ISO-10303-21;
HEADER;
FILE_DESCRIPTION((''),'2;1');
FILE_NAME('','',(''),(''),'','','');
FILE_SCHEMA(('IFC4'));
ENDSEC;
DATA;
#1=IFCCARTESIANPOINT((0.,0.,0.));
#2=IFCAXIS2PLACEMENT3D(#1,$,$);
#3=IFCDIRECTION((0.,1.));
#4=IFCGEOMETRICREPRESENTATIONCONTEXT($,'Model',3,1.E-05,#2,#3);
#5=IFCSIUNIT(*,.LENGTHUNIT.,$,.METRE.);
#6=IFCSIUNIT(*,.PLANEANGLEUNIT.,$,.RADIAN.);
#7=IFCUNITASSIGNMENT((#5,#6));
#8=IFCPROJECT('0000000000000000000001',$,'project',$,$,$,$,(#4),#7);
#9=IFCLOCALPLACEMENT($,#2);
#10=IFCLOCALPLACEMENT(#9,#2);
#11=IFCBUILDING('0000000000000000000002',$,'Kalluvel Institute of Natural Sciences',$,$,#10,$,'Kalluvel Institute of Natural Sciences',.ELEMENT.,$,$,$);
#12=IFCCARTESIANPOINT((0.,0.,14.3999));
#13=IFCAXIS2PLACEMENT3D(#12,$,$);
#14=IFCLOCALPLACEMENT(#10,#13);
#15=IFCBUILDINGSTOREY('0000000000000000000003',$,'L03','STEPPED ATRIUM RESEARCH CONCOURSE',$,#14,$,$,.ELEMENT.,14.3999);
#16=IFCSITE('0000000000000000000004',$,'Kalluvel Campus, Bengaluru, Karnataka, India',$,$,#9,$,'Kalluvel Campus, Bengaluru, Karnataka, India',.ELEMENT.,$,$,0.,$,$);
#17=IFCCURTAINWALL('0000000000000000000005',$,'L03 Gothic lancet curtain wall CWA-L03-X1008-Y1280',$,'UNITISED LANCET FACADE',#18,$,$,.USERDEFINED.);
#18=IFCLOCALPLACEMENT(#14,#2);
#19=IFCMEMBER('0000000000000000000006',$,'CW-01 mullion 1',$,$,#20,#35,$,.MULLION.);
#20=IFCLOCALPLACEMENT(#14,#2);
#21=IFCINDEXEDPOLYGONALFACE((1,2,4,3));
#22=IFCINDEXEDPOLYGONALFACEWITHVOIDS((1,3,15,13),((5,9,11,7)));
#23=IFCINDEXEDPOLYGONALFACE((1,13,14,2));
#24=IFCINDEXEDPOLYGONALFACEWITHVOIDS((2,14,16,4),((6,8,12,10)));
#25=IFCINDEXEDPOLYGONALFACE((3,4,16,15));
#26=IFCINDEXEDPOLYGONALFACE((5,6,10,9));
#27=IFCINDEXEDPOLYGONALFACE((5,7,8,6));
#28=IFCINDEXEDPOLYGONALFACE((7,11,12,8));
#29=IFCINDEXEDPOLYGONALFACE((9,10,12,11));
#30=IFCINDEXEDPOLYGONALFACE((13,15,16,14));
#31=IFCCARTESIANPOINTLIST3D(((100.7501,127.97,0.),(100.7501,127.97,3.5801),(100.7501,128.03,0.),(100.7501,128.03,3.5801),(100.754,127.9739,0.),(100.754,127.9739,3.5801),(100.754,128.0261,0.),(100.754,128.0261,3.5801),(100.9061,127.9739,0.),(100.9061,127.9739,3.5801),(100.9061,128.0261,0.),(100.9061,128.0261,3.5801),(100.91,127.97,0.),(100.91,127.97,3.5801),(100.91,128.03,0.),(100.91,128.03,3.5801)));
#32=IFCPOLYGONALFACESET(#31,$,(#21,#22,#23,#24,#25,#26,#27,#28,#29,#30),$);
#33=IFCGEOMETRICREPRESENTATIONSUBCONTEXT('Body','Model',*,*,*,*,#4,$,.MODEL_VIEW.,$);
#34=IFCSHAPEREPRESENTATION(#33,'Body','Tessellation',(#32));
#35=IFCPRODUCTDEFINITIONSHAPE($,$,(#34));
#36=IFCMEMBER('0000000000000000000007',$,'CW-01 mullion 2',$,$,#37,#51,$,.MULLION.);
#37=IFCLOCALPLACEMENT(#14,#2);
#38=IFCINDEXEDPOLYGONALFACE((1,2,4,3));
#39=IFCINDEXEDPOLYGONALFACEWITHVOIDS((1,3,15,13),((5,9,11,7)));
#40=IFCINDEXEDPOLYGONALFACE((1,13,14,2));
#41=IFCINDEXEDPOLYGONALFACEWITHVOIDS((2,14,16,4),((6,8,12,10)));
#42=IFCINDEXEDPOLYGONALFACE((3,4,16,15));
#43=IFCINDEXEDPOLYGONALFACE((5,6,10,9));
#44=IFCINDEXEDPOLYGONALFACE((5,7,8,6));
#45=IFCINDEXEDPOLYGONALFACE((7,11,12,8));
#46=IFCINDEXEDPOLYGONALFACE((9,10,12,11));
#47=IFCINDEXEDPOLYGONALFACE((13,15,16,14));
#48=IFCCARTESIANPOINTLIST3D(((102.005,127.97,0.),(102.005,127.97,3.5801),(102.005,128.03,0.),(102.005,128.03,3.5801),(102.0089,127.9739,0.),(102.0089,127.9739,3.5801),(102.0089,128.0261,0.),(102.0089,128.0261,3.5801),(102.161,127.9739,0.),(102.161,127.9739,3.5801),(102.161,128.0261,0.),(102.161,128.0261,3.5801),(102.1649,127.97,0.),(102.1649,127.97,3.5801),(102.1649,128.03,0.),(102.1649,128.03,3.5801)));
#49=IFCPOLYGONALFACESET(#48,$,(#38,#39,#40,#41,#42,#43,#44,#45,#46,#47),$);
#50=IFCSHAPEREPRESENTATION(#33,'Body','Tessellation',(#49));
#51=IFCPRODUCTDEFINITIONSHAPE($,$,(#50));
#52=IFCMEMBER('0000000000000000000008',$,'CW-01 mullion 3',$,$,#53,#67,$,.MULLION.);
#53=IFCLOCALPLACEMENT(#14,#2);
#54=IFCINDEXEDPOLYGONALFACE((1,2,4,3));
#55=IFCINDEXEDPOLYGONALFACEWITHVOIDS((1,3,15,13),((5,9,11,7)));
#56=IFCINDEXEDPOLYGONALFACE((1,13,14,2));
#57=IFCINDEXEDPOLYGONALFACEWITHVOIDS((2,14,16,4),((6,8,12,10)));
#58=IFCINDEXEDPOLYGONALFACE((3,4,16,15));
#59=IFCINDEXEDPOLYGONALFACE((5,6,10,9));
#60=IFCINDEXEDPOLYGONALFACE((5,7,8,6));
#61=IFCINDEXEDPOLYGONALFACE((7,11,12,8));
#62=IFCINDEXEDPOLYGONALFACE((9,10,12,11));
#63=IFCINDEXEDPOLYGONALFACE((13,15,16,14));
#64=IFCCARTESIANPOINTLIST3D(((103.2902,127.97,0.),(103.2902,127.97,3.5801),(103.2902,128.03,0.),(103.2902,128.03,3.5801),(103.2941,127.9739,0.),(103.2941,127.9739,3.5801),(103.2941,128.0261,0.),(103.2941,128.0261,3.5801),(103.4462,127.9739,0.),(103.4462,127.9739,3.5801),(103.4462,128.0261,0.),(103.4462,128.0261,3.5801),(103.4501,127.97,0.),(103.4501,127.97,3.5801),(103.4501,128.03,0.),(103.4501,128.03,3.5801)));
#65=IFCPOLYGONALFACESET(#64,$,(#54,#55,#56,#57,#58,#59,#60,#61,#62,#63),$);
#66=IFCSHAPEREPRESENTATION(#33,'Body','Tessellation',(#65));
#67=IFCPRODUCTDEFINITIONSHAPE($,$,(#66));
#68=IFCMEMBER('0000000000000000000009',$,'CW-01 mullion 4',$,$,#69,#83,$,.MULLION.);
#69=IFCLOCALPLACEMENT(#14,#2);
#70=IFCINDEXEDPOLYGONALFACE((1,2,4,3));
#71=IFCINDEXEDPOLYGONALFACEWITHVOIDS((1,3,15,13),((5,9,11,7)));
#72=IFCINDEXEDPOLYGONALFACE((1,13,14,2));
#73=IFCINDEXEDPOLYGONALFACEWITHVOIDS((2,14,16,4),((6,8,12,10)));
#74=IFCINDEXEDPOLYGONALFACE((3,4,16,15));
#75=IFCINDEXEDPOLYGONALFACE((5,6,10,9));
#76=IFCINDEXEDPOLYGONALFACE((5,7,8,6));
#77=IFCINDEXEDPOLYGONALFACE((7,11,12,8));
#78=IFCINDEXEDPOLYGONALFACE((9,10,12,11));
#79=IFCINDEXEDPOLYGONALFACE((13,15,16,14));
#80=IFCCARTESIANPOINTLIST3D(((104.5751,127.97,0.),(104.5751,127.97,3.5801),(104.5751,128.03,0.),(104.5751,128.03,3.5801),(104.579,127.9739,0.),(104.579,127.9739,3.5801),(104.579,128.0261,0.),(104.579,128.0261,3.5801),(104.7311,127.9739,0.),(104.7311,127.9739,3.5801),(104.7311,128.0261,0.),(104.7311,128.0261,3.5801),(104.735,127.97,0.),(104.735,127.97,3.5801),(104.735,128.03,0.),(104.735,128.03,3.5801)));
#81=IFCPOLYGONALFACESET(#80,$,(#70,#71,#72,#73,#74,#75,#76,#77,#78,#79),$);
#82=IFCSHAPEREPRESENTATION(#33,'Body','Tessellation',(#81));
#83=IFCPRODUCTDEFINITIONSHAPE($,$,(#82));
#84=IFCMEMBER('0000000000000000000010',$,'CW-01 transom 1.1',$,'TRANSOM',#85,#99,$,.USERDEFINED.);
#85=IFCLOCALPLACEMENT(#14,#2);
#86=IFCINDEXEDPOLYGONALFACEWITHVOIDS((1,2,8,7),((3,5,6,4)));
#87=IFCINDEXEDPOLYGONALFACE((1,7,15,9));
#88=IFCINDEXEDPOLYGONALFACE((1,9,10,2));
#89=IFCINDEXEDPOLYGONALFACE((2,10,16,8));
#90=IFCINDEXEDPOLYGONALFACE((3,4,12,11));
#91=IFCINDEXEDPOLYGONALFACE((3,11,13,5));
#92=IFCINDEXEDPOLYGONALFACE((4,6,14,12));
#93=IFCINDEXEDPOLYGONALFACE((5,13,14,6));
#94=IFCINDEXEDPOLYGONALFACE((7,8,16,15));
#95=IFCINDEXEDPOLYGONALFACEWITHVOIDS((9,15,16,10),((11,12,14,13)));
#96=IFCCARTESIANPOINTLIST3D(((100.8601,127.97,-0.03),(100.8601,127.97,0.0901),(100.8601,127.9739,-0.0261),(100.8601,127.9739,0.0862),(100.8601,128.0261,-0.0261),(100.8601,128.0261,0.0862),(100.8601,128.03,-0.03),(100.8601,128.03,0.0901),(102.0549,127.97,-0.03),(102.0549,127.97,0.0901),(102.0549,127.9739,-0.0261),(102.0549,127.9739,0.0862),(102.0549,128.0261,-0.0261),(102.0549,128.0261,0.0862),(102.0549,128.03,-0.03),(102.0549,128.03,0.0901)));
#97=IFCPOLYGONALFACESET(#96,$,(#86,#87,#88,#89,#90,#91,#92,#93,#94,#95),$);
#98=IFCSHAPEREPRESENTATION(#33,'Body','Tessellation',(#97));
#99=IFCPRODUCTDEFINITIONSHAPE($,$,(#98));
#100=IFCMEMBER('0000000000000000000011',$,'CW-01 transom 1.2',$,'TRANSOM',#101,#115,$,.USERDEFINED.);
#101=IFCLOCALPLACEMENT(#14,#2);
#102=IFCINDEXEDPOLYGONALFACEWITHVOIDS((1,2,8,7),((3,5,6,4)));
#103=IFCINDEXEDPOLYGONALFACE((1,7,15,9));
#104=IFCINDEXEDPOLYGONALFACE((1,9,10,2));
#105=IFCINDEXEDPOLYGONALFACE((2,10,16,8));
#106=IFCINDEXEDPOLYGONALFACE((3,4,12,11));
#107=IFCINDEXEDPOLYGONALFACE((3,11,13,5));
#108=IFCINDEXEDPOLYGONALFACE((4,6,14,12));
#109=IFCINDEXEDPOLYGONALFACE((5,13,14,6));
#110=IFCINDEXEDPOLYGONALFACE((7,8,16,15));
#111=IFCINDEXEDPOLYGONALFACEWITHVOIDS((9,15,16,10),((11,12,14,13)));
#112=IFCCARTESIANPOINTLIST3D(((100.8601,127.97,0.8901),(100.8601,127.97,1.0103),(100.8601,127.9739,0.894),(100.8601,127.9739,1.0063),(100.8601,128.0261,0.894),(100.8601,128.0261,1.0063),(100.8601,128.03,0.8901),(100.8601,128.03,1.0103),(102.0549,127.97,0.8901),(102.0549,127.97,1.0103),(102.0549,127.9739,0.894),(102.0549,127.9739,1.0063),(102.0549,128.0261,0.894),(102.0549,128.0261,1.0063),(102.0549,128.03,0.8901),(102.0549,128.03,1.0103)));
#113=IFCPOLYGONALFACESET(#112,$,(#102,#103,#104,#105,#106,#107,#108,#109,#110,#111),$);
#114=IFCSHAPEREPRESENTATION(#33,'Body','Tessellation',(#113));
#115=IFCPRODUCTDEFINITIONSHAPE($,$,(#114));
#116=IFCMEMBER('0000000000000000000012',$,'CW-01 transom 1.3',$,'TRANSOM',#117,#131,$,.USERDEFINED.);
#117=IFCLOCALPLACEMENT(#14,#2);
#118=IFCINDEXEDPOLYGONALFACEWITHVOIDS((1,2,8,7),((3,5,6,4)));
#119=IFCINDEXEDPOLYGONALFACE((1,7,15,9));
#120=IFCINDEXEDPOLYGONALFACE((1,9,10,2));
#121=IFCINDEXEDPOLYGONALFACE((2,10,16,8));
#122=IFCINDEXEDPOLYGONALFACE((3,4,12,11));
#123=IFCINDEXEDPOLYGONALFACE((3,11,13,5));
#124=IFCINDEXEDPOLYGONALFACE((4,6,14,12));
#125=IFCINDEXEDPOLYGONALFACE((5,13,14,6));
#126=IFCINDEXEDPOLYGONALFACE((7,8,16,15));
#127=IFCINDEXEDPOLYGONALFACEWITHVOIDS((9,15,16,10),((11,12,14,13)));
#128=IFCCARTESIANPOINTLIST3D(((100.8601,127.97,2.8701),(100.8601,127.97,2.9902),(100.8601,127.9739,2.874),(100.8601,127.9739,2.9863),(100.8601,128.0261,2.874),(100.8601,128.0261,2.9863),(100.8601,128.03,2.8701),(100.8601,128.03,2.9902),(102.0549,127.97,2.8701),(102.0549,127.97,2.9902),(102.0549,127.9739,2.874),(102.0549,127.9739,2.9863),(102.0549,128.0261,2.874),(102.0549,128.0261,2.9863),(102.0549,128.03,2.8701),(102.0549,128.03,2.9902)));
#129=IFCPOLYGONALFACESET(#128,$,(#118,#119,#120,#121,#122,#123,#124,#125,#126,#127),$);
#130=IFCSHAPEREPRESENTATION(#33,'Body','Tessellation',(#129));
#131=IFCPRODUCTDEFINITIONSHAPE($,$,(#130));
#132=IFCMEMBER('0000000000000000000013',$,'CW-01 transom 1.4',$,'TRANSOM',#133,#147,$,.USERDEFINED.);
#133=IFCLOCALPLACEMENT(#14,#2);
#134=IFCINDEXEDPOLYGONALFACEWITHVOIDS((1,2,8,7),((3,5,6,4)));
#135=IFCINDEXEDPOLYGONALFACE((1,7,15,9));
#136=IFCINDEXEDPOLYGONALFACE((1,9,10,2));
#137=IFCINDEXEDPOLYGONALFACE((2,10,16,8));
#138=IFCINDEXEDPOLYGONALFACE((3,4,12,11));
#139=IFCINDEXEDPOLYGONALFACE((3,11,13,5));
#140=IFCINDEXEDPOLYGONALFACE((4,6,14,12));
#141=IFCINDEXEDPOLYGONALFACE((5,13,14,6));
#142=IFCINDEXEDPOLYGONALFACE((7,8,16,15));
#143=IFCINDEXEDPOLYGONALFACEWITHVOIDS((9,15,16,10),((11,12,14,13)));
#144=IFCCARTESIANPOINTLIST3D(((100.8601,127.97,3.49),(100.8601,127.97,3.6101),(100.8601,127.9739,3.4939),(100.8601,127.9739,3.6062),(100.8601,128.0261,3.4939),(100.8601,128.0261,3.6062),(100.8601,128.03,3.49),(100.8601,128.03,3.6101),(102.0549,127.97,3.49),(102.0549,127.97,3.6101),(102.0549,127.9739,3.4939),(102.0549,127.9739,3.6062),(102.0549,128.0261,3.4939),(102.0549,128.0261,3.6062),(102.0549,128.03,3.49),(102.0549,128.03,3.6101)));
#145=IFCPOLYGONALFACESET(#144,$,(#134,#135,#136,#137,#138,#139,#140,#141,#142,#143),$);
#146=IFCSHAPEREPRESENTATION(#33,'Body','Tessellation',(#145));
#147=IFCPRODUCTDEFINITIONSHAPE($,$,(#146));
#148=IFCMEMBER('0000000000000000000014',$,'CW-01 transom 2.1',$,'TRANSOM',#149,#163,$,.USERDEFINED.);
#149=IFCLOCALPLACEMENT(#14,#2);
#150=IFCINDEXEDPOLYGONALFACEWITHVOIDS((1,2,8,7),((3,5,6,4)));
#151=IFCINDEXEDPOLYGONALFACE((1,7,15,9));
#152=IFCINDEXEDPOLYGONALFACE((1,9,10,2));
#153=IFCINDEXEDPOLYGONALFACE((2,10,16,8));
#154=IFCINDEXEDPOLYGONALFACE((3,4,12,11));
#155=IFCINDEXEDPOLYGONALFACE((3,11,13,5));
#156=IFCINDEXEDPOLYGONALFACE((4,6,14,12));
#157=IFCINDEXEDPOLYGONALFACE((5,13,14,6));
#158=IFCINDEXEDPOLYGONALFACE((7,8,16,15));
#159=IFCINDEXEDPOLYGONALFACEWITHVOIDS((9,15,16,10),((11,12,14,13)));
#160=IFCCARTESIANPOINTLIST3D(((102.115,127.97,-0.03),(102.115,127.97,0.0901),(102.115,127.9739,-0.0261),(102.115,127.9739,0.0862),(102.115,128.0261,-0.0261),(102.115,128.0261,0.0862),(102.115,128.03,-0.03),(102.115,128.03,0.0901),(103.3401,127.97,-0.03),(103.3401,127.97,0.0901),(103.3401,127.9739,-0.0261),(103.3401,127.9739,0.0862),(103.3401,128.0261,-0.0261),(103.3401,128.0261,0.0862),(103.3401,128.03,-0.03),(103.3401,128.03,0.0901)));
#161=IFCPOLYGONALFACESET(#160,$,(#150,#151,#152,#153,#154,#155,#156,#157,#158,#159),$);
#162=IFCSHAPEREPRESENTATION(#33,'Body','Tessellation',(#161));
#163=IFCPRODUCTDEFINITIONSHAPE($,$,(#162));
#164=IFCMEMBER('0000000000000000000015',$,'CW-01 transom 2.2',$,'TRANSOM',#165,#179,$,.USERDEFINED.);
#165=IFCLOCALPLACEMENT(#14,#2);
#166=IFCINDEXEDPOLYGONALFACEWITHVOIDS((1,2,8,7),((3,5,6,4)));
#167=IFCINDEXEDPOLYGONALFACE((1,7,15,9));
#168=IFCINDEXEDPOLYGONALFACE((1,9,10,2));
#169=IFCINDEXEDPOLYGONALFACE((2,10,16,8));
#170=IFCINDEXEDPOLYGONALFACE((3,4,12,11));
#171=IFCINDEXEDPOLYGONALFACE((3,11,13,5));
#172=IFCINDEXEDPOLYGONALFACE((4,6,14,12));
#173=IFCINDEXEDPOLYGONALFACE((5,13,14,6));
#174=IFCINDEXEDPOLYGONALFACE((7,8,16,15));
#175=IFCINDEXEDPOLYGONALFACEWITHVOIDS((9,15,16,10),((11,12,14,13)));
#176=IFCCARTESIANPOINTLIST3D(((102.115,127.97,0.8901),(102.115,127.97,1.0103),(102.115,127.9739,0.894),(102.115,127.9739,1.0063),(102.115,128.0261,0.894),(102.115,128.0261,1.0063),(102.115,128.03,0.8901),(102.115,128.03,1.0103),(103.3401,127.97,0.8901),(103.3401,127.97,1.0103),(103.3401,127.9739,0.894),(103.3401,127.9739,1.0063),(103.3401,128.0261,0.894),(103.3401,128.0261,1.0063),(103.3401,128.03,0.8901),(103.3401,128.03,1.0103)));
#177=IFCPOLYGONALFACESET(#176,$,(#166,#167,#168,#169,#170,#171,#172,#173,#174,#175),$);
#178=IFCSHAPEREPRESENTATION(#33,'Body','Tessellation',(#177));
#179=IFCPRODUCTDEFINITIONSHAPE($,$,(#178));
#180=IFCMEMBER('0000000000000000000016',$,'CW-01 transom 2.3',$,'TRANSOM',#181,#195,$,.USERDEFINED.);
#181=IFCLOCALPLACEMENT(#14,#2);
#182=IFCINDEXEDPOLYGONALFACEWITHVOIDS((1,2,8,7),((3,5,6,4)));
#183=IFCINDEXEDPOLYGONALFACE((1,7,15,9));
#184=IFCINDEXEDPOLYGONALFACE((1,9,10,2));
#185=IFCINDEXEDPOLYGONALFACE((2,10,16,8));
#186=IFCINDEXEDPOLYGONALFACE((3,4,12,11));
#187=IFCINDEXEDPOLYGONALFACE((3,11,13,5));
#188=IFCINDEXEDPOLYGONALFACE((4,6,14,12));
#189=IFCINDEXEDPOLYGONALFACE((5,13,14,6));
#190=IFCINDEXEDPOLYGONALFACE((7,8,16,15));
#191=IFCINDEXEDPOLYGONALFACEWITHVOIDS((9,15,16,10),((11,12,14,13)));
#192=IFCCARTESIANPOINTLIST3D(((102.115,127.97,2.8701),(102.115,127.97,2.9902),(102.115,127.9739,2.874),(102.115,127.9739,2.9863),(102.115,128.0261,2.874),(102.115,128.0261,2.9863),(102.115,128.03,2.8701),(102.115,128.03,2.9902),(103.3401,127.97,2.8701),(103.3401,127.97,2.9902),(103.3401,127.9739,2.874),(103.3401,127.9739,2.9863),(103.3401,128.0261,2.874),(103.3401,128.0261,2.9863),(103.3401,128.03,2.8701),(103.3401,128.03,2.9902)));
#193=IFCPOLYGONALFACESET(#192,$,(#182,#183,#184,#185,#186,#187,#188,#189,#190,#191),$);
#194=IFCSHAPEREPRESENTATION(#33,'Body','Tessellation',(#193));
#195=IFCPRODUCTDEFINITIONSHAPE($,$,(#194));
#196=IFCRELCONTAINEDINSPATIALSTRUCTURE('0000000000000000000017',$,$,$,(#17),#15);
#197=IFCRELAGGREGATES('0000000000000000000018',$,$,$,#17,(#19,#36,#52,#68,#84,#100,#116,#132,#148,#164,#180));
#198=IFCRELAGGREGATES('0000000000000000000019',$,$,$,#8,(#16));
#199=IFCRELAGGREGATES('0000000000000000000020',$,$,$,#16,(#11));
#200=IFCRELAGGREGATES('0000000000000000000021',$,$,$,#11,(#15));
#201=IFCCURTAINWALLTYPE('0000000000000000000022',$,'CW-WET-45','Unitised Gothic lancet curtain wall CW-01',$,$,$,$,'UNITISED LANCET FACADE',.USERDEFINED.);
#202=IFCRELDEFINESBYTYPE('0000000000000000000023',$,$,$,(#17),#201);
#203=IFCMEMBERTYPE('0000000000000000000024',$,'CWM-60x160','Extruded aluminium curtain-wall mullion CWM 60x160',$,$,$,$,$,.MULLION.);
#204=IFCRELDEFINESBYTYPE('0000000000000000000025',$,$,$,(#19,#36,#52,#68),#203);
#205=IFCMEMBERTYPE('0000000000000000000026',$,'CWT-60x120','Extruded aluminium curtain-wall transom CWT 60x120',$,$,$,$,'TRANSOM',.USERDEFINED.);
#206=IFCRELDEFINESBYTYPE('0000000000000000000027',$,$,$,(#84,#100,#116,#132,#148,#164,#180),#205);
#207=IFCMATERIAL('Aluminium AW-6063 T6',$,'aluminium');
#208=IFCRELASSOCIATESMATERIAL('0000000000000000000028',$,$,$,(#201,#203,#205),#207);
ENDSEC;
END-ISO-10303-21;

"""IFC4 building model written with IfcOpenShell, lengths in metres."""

from ifc_helpers import new_model, si_unit, direction, frame, origin, origin_2d, place, context, subcontext, project, spatial, hollow_rectangle, extrude, material, material_profile, profile_set, type_object, element, aggregate, save


model = new_model("IFC4")

# Units and contexts
model_context = context("Model", 3, precision=1e-05, world=origin(), true_north=direction((0.0, 1.0)))
body_context = subcontext(model_context, "Body", "Model", "MODEL_VIEW")
ifc_project = project(units=[si_unit("LENGTHUNIT", "METRE"), si_unit("PLANEANGLEUNIT", "RADIAN")], contexts=[model_context])

# Site, building, storey
site_placement = place(None, origin())
site = spatial("IfcSite", under=ifc_project, at=site_placement, Name="Kalluvel Campus, Bengaluru, Karnataka, India", LongName="Kalluvel Campus, Bengaluru, Karnataka, India", CompositionType="ELEMENT", RefElevation=0.0)
building_placement = place(site_placement, origin())
building = spatial("IfcBuilding", under=site, at=building_placement, Name="Kalluvel Institute of Natural Sciences", LongName="Kalluvel Institute of Natural Sciences", CompositionType="ELEMENT")
storey_placement = place(building_placement, frame((0.0, 0.0, 14.3999)))
storey = spatial("IfcBuildingStorey", under=building, at=storey_placement, Name="L03", Description="STEPPED ATRIUM RESEARCH CONCOURSE", CompositionType="ELEMENT", Elevation=14.3999)

# Curtain wall, members
ifc_material_1 = material(Name="Aluminium AW-6063 T6", Category="aluminium")
curtain_wall_type = type_object("IfcCurtainWallType", Name="CW-WET-45", Description="Unitised Gothic lancet curtain wall CW-01", ElementType="UNITISED LANCET FACADE", PredefinedType="USERDEFINED", material=ifc_material_1)
curtain_wall_placement = place(storey_placement, origin())
curtain_wall = element("IfcCurtainWall", 1, at=curtain_wall_placement, inside=storey, type_object=curtain_wall_type, Name="L03 Gothic lancet curtain wall CWA-L03-X1008-Y1280", ObjectType="UNITISED LANCET FACADE", PredefinedType="USERDEFINED")
ifc_material_profile_1 = material_profile(ifc_material_1, hollow_rectangle(XDim=0.0601, YDim=0.1599, WallThickness=0.0039, at=origin_2d()), Name="CWM 60x160")
ifc_profile_set_1 = profile_set([ifc_material_profile_1], Name="Aluminium AW-6063 T6")
member_type_1 = type_object("IfcMemberType", Name="CWM-60x160", Description="Extruded aluminium curtain-wall mullion CWM 60x160", PredefinedType="MULLION", material=ifc_profile_set_1)
member_1_placement = place(storey_placement, frame((100.8301, 128.0, 0.0), z_axis=(0.0, 0.0, 1.0), x_axis=(0.0, 1.0, 0.0)))
member_1 = element("IfcMember", 2, at=member_1_placement, type_object=member_type_1, Name="CW-01 mullion 1", PredefinedType="MULLION", context=body_context, shape_type="SweptSolid", body=[
    extrude(hollow_rectangle(XDim=0.0601, YDim=0.1599, WallThickness=0.0039, at=origin_2d()), origin(), (0.0, 0.0, 1.0), 3.5801),
])
member_2_placement = place(storey_placement, frame((102.085, 128.0, 0.0), z_axis=(0.0, 0.0, 1.0), x_axis=(0.0, 1.0, 0.0)))
member_2 = element("IfcMember", 3, at=member_2_placement, type_object=member_type_1, Name="CW-01 mullion 2", PredefinedType="MULLION", context=body_context, shape_type="SweptSolid", body=[
    extrude(hollow_rectangle(XDim=0.0601, YDim=0.1599, WallThickness=0.0039, at=origin_2d()), origin(), (0.0, 0.0, 1.0), 3.5801),
])
member_3_placement = place(storey_placement, frame((103.3701, 128.0, 0.0), z_axis=(0.0, 0.0, 1.0), x_axis=(0.0, 1.0, 0.0)))
member_3 = element("IfcMember", 4, at=member_3_placement, type_object=member_type_1, Name="CW-01 mullion 3", PredefinedType="MULLION", context=body_context, shape_type="SweptSolid", body=[
    extrude(hollow_rectangle(XDim=0.0601, YDim=0.1599, WallThickness=0.0039, at=origin_2d()), origin(), (0.0, 0.0, 1.0), 3.5801),
])
member_4_placement = place(storey_placement, frame((104.655, 128.0, 0.0), z_axis=(0.0, 0.0, 1.0), x_axis=(0.0, 1.0, 0.0)))
member_4 = element("IfcMember", 5, at=member_4_placement, type_object=member_type_1, Name="CW-01 mullion 4", PredefinedType="MULLION", context=body_context, shape_type="SweptSolid", body=[
    extrude(hollow_rectangle(XDim=0.0601, YDim=0.1599, WallThickness=0.0039, at=origin_2d()), origin(), (0.0, 0.0, 1.0), 3.5801),
])
ifc_material_profile_2 = material_profile(ifc_material_1, hollow_rectangle(XDim=0.0601, YDim=0.1201, WallThickness=0.0039, at=origin_2d()), Name="CWT 60x120")
ifc_profile_set_2 = profile_set([ifc_material_profile_2], Name="Aluminium AW-6063 T6")
member_type_2 = type_object("IfcMemberType", Name="CWT-60x120", Description="Extruded aluminium curtain-wall transom CWT 60x120", ElementType="TRANSOM", PredefinedType="USERDEFINED", material=ifc_profile_set_2)
member_5_placement = place(storey_placement, frame((100.8601, 128.0, 0.03), z_axis=(1.0, 0.0, 0.0), x_axis=(0.0, 1.0, 0.0)))
member_5 = element("IfcMember", 6, at=member_5_placement, type_object=member_type_2, Name="CW-01 transom 1.1", ObjectType="TRANSOM", PredefinedType="USERDEFINED", context=body_context, shape_type="SweptSolid", body=[
    extrude(hollow_rectangle(XDim=0.0601, YDim=0.1201, WallThickness=0.0039, at=origin_2d()), origin(), (0.0, 0.0, 1.0), 1.1948),
])
member_6_placement = place(storey_placement, frame((100.8601, 128.0, 0.9502), z_axis=(1.0, 0.0, 0.0), x_axis=(0.0, 1.0, 0.0)))
member_6 = element("IfcMember", 7, at=member_6_placement, type_object=member_type_2, Name="CW-01 transom 1.2", ObjectType="TRANSOM", PredefinedType="USERDEFINED", context=body_context, shape_type="SweptSolid", body=[
    extrude(hollow_rectangle(XDim=0.0601, YDim=0.1201, WallThickness=0.0039, at=origin_2d()), origin(), (0.0, 0.0, 1.0), 1.1948),
])
member_7_placement = place(storey_placement, frame((100.8601, 128.0, 2.9302), z_axis=(1.0, 0.0, 0.0), x_axis=(0.0, 1.0, 0.0)))
member_7 = element("IfcMember", 8, at=member_7_placement, type_object=member_type_2, Name="CW-01 transom 1.3", ObjectType="TRANSOM", PredefinedType="USERDEFINED", context=body_context, shape_type="SweptSolid", body=[
    extrude(hollow_rectangle(XDim=0.0601, YDim=0.1201, WallThickness=0.0039, at=origin_2d()), origin(), (0.0, 0.0, 1.0), 1.1948),
])
member_8_placement = place(storey_placement, frame((100.8601, 128.0, 3.55), z_axis=(1.0, 0.0, 0.0), x_axis=(0.0, 1.0, 0.0)))
member_8 = element("IfcMember", 9, at=member_8_placement, type_object=member_type_2, Name="CW-01 transom 1.4", ObjectType="TRANSOM", PredefinedType="USERDEFINED", context=body_context, shape_type="SweptSolid", body=[
    extrude(hollow_rectangle(XDim=0.0601, YDim=0.1201, WallThickness=0.0039, at=origin_2d()), origin(), (0.0, 0.0, 1.0), 1.1948),
])
member_9_placement = place(storey_placement, frame((102.115, 128.0, 0.03), z_axis=(1.0, 0.0, 0.0), x_axis=(0.0, 1.0, 0.0)))
member_9 = element("IfcMember", 10, at=member_9_placement, type_object=member_type_2, Name="CW-01 transom 2.1", ObjectType="TRANSOM", PredefinedType="USERDEFINED", context=body_context, shape_type="SweptSolid", body=[
    extrude(hollow_rectangle(XDim=0.0601, YDim=0.1201, WallThickness=0.0039, at=origin_2d()), origin(), (0.0, 0.0, 1.0), 1.2251),
])
member_10_placement = place(storey_placement, frame((102.115, 128.0, 0.9502), z_axis=(1.0, 0.0, 0.0), x_axis=(0.0, 1.0, 0.0)))
member_10 = element("IfcMember", 11, at=member_10_placement, type_object=member_type_2, Name="CW-01 transom 2.2", ObjectType="TRANSOM", PredefinedType="USERDEFINED", context=body_context, shape_type="SweptSolid", body=[
    extrude(hollow_rectangle(XDim=0.0601, YDim=0.1201, WallThickness=0.0039, at=origin_2d()), origin(), (0.0, 0.0, 1.0), 1.2251),
])
member_11_placement = place(storey_placement, frame((102.115, 128.0, 2.9302), z_axis=(1.0, 0.0, 0.0), x_axis=(0.0, 1.0, 0.0)))
member_11 = element("IfcMember", 12, at=member_11_placement, type_object=member_type_2, Name="CW-01 transom 2.3", ObjectType="TRANSOM", PredefinedType="USERDEFINED", context=body_context, shape_type="SweptSolid", body=[
    extrude(hollow_rectangle(XDim=0.0601, YDim=0.1201, WallThickness=0.0039, at=origin_2d()), origin(), (0.0, 0.0, 1.0), 1.2251),
])

aggregate(curtain_wall, [member_1, member_2, member_3, member_4, member_5, member_6, member_7, member_8, member_9, member_10, member_11])

save(model, "model.ifc")
